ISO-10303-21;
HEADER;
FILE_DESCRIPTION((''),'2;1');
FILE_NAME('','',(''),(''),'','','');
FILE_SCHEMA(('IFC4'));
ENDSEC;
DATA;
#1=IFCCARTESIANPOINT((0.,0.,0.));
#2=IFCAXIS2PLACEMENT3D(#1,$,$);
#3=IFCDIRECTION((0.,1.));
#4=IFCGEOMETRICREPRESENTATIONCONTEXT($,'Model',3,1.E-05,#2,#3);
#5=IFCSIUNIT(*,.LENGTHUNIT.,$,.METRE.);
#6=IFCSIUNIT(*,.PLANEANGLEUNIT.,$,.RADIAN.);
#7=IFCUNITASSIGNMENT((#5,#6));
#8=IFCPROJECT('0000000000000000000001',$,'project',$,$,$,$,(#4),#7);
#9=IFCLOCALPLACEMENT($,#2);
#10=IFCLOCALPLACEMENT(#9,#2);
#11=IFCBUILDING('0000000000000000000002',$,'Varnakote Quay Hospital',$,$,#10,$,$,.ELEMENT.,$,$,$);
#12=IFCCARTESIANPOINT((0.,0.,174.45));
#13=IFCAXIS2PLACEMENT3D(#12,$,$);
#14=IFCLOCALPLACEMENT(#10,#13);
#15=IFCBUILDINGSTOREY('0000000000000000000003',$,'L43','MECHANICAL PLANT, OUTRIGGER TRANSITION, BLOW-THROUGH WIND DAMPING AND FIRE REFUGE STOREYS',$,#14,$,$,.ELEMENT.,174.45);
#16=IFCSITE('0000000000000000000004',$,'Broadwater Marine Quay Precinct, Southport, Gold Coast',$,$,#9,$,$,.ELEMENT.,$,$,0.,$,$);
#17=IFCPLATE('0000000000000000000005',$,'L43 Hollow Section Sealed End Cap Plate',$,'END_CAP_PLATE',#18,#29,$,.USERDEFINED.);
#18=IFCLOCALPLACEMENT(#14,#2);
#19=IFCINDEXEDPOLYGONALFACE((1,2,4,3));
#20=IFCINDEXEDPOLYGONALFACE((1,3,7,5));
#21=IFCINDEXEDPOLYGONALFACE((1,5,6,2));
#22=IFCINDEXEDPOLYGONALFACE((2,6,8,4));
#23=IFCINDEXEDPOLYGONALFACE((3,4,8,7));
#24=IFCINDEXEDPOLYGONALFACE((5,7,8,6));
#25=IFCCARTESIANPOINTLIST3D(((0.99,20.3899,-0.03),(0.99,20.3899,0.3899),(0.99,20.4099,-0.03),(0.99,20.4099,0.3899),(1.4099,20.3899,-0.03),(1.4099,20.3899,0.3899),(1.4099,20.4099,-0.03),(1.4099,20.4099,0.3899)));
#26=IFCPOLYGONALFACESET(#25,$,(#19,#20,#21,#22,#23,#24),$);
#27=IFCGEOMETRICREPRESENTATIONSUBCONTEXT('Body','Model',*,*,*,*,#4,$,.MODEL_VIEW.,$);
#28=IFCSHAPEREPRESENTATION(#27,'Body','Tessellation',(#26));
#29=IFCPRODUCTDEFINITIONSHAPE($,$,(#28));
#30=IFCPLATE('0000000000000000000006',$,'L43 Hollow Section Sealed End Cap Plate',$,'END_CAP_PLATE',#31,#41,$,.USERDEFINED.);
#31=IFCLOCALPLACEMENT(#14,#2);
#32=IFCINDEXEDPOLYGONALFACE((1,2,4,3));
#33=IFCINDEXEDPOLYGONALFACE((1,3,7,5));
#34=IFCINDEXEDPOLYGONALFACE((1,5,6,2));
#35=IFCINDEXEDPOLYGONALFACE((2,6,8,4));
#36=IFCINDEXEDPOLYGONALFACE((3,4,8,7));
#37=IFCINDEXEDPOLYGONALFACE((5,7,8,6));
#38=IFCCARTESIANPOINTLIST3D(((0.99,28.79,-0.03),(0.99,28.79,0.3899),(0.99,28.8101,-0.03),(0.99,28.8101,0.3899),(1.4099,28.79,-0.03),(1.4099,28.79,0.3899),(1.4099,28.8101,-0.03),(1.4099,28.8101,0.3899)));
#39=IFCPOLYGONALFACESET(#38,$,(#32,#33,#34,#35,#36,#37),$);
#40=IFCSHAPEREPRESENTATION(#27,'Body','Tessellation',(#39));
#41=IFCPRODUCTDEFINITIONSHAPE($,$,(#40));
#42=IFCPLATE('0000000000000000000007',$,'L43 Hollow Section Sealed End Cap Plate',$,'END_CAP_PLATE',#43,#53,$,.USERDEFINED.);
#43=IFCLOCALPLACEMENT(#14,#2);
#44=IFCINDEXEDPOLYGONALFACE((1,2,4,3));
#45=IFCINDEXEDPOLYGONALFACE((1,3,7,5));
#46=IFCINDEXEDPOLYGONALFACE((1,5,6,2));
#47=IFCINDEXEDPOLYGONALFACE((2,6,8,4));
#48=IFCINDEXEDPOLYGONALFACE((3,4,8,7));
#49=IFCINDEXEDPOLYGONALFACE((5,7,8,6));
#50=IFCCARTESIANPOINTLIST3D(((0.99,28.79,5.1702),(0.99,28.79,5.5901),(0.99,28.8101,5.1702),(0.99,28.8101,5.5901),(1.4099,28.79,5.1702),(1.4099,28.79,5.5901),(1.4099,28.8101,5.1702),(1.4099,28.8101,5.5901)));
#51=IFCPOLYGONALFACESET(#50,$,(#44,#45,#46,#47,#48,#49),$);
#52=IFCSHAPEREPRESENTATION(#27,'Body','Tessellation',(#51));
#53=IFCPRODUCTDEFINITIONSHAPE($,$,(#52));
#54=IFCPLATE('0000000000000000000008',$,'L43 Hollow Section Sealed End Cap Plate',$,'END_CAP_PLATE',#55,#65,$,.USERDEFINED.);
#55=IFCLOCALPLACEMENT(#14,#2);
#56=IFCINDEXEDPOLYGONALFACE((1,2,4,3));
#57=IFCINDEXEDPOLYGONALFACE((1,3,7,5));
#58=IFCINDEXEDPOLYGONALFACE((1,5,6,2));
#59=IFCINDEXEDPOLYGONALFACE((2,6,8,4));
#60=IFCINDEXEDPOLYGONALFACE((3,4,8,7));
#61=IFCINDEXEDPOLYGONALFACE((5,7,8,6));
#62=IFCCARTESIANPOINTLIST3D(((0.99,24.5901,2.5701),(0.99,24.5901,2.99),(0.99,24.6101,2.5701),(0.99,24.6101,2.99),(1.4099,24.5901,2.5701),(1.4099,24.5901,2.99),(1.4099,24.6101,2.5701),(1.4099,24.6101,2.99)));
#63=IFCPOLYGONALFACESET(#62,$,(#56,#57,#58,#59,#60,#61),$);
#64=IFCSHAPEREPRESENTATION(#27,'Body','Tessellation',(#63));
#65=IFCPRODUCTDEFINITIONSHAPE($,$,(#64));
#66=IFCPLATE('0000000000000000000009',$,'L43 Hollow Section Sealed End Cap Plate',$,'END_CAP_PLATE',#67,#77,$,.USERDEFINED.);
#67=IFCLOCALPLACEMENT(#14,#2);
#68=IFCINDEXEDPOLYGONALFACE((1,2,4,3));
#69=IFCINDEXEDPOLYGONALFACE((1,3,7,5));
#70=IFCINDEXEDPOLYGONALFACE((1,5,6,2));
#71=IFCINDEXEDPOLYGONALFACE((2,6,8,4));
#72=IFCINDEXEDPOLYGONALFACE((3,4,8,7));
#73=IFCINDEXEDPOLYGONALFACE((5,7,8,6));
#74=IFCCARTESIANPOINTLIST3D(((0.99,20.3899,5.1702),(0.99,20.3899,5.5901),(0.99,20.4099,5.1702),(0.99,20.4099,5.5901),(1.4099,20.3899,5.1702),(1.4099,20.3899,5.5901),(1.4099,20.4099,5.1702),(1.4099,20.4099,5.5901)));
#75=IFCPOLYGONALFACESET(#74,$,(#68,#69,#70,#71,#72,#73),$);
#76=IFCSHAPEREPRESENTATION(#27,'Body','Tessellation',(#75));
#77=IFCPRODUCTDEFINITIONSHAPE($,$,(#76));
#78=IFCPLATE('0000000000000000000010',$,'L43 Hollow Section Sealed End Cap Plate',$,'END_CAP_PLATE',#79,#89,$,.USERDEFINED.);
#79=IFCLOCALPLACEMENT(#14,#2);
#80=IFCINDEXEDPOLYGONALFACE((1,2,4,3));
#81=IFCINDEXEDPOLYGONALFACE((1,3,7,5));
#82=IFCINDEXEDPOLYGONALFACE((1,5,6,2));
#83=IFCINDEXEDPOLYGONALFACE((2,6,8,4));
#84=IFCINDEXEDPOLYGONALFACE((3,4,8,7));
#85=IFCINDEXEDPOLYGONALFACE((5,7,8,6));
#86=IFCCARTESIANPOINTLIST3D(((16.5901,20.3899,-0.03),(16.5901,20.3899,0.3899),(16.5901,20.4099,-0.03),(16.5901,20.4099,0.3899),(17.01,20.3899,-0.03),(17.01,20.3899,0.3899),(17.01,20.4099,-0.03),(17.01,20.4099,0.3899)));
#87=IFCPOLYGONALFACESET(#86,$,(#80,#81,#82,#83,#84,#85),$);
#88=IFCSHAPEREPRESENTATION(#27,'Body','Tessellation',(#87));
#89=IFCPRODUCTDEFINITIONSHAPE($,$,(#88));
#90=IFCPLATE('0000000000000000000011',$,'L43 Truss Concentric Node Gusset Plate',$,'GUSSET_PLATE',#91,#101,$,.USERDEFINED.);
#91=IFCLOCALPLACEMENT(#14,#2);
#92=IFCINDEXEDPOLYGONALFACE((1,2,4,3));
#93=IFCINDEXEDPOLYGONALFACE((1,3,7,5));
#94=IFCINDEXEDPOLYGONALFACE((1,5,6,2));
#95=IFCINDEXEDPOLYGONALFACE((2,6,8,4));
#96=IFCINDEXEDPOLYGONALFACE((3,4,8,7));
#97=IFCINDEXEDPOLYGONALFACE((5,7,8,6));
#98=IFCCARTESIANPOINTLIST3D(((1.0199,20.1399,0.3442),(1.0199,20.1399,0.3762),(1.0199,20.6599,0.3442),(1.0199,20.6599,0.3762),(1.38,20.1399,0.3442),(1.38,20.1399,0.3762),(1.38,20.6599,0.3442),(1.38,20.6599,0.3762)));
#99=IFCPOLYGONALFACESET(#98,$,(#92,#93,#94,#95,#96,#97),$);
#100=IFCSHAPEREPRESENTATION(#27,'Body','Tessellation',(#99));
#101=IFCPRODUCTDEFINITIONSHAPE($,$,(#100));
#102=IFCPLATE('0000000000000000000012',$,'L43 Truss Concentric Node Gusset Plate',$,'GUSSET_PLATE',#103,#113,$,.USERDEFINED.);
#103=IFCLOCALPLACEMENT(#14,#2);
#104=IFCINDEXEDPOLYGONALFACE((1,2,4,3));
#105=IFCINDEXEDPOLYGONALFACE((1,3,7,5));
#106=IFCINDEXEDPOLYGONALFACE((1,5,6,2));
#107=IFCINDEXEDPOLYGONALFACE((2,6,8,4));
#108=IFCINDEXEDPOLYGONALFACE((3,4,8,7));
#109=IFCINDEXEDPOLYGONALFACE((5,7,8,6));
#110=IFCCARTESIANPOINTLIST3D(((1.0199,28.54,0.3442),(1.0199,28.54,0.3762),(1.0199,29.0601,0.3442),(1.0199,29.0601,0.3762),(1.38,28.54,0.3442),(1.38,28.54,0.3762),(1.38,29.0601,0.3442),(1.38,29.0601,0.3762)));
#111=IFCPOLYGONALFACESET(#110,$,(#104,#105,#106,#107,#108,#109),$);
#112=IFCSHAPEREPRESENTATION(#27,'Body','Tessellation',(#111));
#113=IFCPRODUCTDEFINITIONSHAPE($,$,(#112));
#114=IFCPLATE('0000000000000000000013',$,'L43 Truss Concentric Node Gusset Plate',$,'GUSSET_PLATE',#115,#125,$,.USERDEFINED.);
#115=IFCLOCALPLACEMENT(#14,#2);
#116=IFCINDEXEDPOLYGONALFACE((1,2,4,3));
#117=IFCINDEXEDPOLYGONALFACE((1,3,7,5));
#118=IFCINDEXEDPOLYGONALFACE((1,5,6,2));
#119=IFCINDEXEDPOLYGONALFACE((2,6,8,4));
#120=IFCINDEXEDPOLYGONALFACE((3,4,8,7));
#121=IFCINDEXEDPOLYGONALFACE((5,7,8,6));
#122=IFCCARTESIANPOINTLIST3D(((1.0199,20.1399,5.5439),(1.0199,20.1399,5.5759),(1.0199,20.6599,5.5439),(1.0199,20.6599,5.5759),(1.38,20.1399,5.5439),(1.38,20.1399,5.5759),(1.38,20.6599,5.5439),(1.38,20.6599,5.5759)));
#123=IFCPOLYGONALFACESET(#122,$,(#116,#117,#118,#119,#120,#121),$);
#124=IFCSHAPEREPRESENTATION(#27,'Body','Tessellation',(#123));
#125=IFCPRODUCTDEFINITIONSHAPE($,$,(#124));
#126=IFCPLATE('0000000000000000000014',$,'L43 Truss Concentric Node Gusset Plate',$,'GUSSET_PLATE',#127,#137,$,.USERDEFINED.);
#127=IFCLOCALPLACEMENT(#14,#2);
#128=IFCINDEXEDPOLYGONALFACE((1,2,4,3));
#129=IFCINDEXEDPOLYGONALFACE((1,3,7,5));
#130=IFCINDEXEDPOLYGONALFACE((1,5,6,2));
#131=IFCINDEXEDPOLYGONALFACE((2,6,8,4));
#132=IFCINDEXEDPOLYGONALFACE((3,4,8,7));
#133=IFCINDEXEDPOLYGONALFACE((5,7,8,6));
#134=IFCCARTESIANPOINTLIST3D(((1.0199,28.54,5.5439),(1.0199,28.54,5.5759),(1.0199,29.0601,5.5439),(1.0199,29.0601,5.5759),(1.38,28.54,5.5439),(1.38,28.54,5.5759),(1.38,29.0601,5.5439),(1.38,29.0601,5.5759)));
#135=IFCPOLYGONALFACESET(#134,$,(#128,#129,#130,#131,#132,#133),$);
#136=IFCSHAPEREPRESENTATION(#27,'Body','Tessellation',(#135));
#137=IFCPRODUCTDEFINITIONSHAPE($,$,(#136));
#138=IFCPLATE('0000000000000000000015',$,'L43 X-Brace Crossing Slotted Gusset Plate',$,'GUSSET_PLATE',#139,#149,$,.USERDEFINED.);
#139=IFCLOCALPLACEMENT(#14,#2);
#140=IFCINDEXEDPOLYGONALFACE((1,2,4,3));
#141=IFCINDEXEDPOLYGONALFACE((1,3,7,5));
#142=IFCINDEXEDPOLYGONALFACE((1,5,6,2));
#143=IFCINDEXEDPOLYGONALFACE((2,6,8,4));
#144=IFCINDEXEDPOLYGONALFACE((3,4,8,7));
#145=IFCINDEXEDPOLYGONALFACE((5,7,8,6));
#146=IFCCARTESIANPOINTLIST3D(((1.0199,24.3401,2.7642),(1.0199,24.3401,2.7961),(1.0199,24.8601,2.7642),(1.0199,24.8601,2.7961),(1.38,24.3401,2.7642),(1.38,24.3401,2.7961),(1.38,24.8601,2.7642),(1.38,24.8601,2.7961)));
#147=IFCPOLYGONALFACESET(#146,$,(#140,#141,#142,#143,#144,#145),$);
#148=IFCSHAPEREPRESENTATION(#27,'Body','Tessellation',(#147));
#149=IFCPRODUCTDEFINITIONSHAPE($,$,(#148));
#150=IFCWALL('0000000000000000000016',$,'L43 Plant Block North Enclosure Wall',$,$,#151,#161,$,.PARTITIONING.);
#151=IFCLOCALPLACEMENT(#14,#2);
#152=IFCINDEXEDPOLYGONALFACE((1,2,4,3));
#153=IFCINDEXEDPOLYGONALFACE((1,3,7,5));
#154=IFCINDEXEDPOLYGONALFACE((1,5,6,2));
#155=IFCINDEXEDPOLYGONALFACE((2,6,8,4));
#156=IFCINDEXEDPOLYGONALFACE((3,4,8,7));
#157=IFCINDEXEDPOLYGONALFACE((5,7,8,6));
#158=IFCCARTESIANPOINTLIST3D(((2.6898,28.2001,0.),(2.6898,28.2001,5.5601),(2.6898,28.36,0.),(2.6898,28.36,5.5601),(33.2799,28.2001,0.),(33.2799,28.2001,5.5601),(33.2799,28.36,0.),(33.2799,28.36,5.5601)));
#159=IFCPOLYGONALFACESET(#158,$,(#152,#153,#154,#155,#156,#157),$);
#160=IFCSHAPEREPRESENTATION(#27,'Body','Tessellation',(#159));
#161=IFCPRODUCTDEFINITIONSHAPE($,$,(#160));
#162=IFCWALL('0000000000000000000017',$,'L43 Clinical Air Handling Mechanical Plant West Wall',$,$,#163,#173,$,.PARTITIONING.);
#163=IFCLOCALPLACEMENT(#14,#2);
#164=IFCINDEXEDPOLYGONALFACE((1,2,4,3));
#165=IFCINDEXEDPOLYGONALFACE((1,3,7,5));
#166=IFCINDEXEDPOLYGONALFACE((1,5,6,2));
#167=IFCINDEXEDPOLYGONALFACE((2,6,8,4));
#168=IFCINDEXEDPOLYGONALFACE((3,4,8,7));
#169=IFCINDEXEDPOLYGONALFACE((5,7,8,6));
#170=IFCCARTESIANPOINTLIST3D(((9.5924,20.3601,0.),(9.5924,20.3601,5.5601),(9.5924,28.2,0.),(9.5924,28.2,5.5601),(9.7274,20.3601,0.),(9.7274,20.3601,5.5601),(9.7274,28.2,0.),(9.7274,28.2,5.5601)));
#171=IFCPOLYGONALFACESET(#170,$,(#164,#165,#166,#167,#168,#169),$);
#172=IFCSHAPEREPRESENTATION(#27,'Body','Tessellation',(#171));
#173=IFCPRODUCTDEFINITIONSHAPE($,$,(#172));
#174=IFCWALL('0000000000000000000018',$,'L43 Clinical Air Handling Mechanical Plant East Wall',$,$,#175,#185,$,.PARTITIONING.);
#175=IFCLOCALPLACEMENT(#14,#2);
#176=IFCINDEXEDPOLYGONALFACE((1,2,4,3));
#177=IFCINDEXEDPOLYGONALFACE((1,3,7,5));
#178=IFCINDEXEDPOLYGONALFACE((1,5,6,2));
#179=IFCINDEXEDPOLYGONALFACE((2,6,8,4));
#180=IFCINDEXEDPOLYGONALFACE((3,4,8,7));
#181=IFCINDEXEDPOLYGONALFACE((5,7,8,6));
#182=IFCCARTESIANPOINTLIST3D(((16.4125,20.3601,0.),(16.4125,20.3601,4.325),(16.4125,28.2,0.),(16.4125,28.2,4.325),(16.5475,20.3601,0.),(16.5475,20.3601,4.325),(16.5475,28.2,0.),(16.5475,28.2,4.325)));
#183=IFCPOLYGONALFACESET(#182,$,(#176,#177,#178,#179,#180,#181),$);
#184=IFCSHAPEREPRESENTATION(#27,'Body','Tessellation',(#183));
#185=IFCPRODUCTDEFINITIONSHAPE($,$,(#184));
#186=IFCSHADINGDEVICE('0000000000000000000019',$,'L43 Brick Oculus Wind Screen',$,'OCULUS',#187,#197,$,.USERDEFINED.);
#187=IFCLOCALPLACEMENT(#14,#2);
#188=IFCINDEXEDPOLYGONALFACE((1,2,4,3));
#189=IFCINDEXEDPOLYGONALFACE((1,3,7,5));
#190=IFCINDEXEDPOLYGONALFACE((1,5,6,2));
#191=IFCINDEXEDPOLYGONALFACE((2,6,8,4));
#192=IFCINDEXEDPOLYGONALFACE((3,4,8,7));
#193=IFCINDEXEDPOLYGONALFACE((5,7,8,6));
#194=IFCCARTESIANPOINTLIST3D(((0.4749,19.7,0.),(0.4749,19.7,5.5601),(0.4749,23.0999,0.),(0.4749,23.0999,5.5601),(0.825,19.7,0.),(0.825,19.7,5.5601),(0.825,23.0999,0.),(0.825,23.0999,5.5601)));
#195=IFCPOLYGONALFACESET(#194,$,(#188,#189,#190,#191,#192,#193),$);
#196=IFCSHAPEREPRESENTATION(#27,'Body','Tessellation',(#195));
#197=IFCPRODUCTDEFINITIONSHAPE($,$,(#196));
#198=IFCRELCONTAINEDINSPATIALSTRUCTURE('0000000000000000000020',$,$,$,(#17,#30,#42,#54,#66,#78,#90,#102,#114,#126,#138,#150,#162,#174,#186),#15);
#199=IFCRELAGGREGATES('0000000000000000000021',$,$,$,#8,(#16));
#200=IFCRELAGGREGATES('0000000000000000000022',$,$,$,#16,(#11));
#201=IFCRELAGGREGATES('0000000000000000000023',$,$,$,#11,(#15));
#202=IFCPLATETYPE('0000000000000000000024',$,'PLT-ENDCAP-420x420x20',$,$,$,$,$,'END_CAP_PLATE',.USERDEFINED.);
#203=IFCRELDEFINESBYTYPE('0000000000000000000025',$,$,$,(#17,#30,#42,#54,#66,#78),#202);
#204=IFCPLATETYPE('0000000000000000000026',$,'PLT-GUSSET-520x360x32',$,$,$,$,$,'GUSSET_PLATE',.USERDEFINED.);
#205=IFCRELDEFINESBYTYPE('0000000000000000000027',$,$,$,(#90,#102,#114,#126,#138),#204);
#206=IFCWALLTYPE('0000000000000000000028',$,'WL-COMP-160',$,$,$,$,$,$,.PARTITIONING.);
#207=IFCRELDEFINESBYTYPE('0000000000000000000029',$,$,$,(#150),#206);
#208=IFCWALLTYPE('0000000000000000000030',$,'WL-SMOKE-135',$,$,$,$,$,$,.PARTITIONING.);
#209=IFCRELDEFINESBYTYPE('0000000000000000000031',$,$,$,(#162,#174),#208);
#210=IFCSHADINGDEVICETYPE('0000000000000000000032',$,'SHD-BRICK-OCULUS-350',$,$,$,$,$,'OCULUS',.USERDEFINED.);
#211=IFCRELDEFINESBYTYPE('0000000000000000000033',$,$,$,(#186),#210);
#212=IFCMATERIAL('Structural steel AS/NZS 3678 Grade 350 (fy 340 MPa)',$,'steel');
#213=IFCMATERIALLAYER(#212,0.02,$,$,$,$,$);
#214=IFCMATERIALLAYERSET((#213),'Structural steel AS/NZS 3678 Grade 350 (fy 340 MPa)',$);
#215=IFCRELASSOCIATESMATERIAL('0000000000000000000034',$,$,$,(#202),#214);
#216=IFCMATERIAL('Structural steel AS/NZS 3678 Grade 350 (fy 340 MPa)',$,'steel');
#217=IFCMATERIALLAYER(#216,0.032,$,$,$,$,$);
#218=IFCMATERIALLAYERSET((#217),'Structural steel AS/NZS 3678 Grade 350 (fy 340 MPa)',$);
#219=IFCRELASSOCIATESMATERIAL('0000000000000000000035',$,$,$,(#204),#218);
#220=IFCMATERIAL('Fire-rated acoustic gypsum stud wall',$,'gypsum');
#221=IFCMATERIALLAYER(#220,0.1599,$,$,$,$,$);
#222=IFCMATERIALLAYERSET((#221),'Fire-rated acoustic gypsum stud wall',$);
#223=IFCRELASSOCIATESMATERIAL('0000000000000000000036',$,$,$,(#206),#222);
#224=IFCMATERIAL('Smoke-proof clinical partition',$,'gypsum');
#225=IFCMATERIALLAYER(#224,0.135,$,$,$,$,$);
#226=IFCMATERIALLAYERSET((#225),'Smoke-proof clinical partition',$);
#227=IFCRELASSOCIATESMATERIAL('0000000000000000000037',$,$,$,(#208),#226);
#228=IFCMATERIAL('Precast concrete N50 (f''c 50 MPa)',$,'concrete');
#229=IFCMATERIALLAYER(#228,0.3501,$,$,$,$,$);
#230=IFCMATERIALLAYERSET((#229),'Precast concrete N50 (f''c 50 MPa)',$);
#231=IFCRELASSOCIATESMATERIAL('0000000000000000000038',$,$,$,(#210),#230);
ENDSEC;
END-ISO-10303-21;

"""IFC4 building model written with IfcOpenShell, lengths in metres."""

from ifc_helpers import new_model, si_unit, direction, frame, frame_2d, origin, origin_2d, place, context, subcontext, project, spatial, rectangle, extrude, material, layer, layer_set, type_object, element, save


model = new_model("IFC4")

# Units and contexts
model_context = context("Model", 3, precision=1e-05, world=origin(), true_north=direction((0.0, 1.0)))
body_context = subcontext(model_context, "Body", "Model", "MODEL_VIEW")
ifc_project = project(units=[si_unit("LENGTHUNIT", "METRE"), si_unit("PLANEANGLEUNIT", "RADIAN")], contexts=[model_context])

# Site, building, storey
site_placement = place(None, origin())
site = spatial("IfcSite", under=ifc_project, at=site_placement, Name="Broadwater Marine Quay Precinct, Southport, Gold Coast", CompositionType="ELEMENT", RefElevation=0.0)
building_placement = place(site_placement, origin())
building = spatial("IfcBuilding", under=site, at=building_placement, Name="Varnakote Quay Hospital", CompositionType="ELEMENT")
storey_placement = place(building_placement, frame((0.0, 0.0, 174.45)))
storey = spatial("IfcBuildingStorey", under=building, at=storey_placement, Name="L43", Description="MECHANICAL PLANT, OUTRIGGER TRANSITION, BLOW-THROUGH WIND DAMPING AND FIRE REFUGE STOREYS", CompositionType="ELEMENT", Elevation=174.45)

# Plates
ifc_material_1 = material(Name="Structural steel AS/NZS 3678 Grade 350 (fy 340 MPa)", Category="steel")
ifc_layer_1 = layer(ifc_material_1, 0.02)
ifc_layer_set_1 = layer_set([ifc_layer_1], Name="Structural steel AS/NZS 3678 Grade 350 (fy 340 MPa)")
plate_type_1 = type_object("IfcPlateType", Name="PLT-ENDCAP-420x420x20", ElementType="END_CAP_PLATE", PredefinedType="USERDEFINED", material=ifc_layer_set_1)
for number, where, z_axis, x_axis, name in (
    (1, (1.2, 20.3999, -0.03), (0.0, 0.0, 1.0), (0.0, 1.0, 0.0), "L43 Hollow Section Sealed End Cap Plate"),
    (2, (1.2, 28.8, -0.03), (0.0, 0.0, 1.0), (0.0, 1.0, 0.0), "L43 Hollow Section Sealed End Cap Plate"),
    (3, (1.2, 28.8, 5.1702), (0.0, 0.0, 1.0), (0.0, 1.0, 0.0), "L43 Hollow Section Sealed End Cap Plate"),
    (4, (1.2, 24.6001, 2.5701), (0.0, 0.0, 1.0), (0.0, 1.0, 0.0), "L43 Hollow Section Sealed End Cap Plate"),
    (5, (1.2, 20.3999, 5.1702), (0.0, 0.0, 1.0), (0.0, 1.0, 0.0), "L43 Hollow Section Sealed End Cap Plate"),
    (6, (16.8, 20.3999, -0.03), (0.0, 0.0, 1.0), (0.0, 1.0, 0.0), "L43 Hollow Section Sealed End Cap Plate"),
):
    element("IfcPlate", number, at=place(storey_placement, frame(where, z_axis=z_axis, x_axis=x_axis)), inside=storey, type_object=plate_type_1, Name=name, ObjectType="END_CAP_PLATE", PredefinedType="USERDEFINED", context=body_context, shape_type="SweptSolid", body=[
        extrude(rectangle(XDim=0.02, YDim=0.4199, at=origin_2d()), origin(), (0.0, 0.0, 1.0), 0.4199),
    ])
ifc_material_2 = material(Name="Structural steel AS/NZS 3678 Grade 350 (fy 340 MPa)", Category="steel")
ifc_layer_2 = layer(ifc_material_2, 0.032)
ifc_layer_set_2 = layer_set([ifc_layer_2], Name="Structural steel AS/NZS 3678 Grade 350 (fy 340 MPa)")
plate_type_2 = type_object("IfcPlateType", Name="PLT-GUSSET-520x360x32", ElementType="GUSSET_PLATE", PredefinedType="USERDEFINED", material=ifc_layer_set_2)
for number, where, z_axis, x_axis, name in (
    (7, (1.2, 20.3999, 0.3442), (0.0, 0.0, 1.0), (0.0, 1.0, 0.0), "L43 Truss Concentric Node Gusset Plate"),
    (8, (1.2, 28.8, 0.3442), (0.0, 0.0, 1.0), (0.0, 1.0, 0.0), "L43 Truss Concentric Node Gusset Plate"),
    (9, (1.2, 20.3999, 5.5439), (0.0, 0.0, 1.0), (0.0, 1.0, 0.0), "L43 Truss Concentric Node Gusset Plate"),
    (10, (1.2, 28.8, 5.5439), (0.0, 0.0, 1.0), (0.0, 1.0, 0.0), "L43 Truss Concentric Node Gusset Plate"),
    (11, (1.2, 24.6001, 2.7642), (0.0, 0.0, 1.0), (0.0, 1.0, 0.0), "L43 X-Brace Crossing Slotted Gusset Plate"),
):
    element("IfcPlate", number, at=place(storey_placement, frame(where, z_axis=z_axis, x_axis=x_axis)), inside=storey, type_object=plate_type_2, Name=name, ObjectType="GUSSET_PLATE", PredefinedType="USERDEFINED", context=body_context, shape_type="SweptSolid", body=[
        extrude(rectangle(XDim=0.52, YDim=0.3601, at=origin_2d()), origin(), (0.0, 0.0, 1.0), 0.032),
    ])

# Walls
ifc_material_3 = material(Name="Fire-rated acoustic gypsum stud wall", Category="gypsum")
ifc_layer_3 = layer(ifc_material_3, 0.1599)
ifc_layer_set_3 = layer_set([ifc_layer_3], Name="Fire-rated acoustic gypsum stud wall")
wall_type_1 = type_object("IfcWallType", Name="WL-COMP-160", PredefinedType="PARTITIONING", material=ifc_layer_set_3)
wall_1_placement = place(storey_placement, frame((2.6899, 28.28, 0.0), z_axis=(0.0, 0.0, 1.0), x_axis=(1.0, 0.0, 0.0)))
element("IfcWall", 12, at=wall_1_placement, inside=storey, type_object=wall_type_1, Name="L43 Plant Block North Enclosure Wall", PredefinedType="PARTITIONING", context=body_context, shape_type="SweptSolid", body=[
    extrude(rectangle(XDim=30.5901, YDim=0.1599, at=frame_2d((15.2949, 0.0))), origin(), (0.0, 0.0, 1.0), 5.5601),
])
ifc_material_4 = material(Name="Smoke-proof clinical partition", Category="gypsum")
ifc_layer_4 = layer(ifc_material_4, 0.135)
ifc_layer_set_4 = layer_set([ifc_layer_4], Name="Smoke-proof clinical partition")
wall_type_2 = type_object("IfcWallType", Name="WL-SMOKE-135", PredefinedType="PARTITIONING", material=ifc_layer_set_4)
wall_2_placement = place(storey_placement, frame((9.6599, 20.3601, 0.0), z_axis=(0.0, 0.0, 1.0), x_axis=(0.0, 1.0, 0.0)))
element("IfcWall", 13, at=wall_2_placement, inside=storey, type_object=wall_type_2, Name="L43 Clinical Air Handling Mechanical Plant West Wall", PredefinedType="PARTITIONING", context=body_context, shape_type="SweptSolid", body=[
    extrude(rectangle(XDim=7.8398, YDim=0.135, at=frame_2d((3.9199, 0.0))), origin(), (0.0, 0.0, 1.0), 5.5601),
])
wall_3_placement = place(storey_placement, frame((16.48, 20.3601, 0.0), z_axis=(0.0, 0.0, 1.0), x_axis=(0.0, 1.0, 0.0)))
element("IfcWall", 14, at=wall_3_placement, inside=storey, type_object=wall_type_2, Name="L43 Clinical Air Handling Mechanical Plant East Wall", PredefinedType="PARTITIONING", context=body_context, shape_type="SweptSolid", body=[
    extrude(rectangle(XDim=7.8398, YDim=0.135, at=frame_2d((3.9199, 0.0))), origin(), (0.0, 0.0, 1.0), 4.325),
])

# Shading device
ifc_material_5 = material(Name="Precast concrete N50 (f'c 50 MPa)", Category="concrete")
ifc_layer_5 = layer(ifc_material_5, 0.3501)
ifc_layer_set_5 = layer_set([ifc_layer_5], Name="Precast concrete N50 (f'c 50 MPa)")
shading_device_type = type_object("IfcShadingDeviceType", Name="SHD-BRICK-OCULUS-350", ElementType="OCULUS", PredefinedType="USERDEFINED", material=ifc_layer_set_5)
shading_device_placement = place(storey_placement, frame((0.6499, 21.3999, 0.0), z_axis=(0.0, 0.0, 1.0), x_axis=(0.0, -1.0, 0.0)))
element("IfcShadingDevice", 15, at=shading_device_placement, inside=storey, type_object=shading_device_type, Name="L43 Brick Oculus Wind Screen", ObjectType="OCULUS", PredefinedType="USERDEFINED", context=body_context, shape_type="SweptSolid", body=[
    extrude(rectangle(XDim=3.3999, YDim=0.3501, at=origin_2d()), origin(), (0.0, 0.0, 1.0), 5.5601),
])

save(model, "model.ifc")
